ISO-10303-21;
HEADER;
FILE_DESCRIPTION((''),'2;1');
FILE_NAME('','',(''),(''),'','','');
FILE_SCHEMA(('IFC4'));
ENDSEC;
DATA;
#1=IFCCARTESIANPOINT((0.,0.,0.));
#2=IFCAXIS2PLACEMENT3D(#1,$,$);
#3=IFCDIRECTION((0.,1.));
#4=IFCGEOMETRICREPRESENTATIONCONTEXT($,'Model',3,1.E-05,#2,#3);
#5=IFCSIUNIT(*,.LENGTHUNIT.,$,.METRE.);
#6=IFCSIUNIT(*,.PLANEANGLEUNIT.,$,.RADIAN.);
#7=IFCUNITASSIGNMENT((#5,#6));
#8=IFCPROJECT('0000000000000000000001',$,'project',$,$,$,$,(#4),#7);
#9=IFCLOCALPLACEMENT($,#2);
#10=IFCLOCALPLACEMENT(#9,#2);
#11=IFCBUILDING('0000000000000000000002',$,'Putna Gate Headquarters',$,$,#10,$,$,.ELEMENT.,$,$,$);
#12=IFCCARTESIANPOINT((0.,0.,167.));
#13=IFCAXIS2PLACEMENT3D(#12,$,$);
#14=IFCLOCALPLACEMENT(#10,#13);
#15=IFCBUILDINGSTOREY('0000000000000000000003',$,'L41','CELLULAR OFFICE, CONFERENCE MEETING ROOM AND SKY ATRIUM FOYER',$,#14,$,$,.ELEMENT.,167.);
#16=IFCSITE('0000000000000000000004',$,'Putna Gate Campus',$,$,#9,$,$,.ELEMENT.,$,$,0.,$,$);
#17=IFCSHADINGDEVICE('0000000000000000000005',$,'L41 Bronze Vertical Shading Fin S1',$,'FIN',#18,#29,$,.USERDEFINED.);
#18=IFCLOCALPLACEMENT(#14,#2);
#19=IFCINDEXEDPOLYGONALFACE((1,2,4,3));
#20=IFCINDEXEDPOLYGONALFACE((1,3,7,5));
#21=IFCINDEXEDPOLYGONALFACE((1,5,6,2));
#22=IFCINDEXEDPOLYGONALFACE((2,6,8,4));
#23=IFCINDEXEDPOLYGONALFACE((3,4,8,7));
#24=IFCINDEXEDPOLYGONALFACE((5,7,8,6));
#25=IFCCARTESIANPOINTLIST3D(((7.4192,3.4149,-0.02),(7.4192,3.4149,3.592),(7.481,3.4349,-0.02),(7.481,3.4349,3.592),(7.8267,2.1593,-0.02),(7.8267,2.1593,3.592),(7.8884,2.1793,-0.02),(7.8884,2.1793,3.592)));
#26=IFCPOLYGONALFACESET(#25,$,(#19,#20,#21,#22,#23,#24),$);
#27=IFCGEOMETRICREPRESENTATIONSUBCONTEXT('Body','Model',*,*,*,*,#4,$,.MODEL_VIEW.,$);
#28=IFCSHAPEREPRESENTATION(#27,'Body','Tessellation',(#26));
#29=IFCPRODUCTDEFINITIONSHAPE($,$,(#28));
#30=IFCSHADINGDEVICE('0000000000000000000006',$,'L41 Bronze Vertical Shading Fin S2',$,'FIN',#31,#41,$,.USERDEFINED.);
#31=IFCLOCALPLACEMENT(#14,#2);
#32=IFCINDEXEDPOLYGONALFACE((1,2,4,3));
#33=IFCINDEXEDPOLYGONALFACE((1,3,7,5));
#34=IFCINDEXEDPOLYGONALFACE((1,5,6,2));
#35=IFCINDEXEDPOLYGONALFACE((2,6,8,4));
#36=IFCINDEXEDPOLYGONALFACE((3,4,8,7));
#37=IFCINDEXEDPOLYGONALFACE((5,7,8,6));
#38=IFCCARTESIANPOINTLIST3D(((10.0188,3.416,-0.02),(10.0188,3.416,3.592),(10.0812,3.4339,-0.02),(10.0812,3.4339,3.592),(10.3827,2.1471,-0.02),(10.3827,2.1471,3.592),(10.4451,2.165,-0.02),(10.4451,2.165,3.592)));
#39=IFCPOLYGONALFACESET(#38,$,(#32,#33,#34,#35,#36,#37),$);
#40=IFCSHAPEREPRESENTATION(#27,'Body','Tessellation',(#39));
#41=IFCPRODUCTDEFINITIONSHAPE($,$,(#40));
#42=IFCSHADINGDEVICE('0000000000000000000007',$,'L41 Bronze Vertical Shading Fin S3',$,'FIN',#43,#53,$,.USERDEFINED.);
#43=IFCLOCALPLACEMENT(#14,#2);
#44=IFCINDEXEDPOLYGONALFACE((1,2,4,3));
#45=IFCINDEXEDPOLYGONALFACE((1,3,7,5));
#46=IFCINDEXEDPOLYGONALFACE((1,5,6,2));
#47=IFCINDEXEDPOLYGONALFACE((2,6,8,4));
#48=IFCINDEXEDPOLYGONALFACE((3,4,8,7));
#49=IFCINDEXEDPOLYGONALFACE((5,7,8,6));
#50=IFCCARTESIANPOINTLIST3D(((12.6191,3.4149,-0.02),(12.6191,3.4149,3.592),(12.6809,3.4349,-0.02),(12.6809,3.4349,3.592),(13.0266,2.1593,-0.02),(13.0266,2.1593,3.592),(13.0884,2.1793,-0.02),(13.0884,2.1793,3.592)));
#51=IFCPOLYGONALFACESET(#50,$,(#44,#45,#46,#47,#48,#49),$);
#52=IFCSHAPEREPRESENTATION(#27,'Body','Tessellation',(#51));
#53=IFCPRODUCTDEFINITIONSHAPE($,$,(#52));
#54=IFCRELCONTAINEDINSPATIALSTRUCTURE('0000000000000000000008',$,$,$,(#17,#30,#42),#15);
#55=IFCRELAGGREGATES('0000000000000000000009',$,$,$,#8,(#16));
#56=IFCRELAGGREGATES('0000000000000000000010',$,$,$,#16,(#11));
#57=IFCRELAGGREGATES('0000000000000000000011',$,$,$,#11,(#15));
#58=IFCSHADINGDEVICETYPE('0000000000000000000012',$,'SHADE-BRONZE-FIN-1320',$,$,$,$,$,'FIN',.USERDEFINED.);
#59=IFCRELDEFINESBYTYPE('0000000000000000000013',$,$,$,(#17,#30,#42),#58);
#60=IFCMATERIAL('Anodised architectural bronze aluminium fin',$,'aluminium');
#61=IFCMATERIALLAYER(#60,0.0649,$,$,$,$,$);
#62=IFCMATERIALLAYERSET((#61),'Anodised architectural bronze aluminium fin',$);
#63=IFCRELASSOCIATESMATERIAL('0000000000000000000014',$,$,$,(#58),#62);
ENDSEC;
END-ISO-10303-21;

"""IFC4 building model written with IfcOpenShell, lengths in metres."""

from ifc_helpers import new_model, si_unit, direction, frame, origin, origin_2d, place, context, subcontext, project, spatial, rectangle, extrude, material, layer, layer_set, type_object, element, save


model = new_model("IFC4")

# Units and contexts
model_context = context("Model", 3, precision=1e-05, world=origin(), true_north=direction((0.0, 1.0)))
body_context = subcontext(model_context, "Body", "Model", "MODEL_VIEW")
ifc_project = project(units=[si_unit("LENGTHUNIT", "METRE"), si_unit("PLANEANGLEUNIT", "RADIAN")], contexts=[model_context])

# Site, building, storey
site_placement = place(None, origin())
site = spatial("IfcSite", under=ifc_project, at=site_placement, Name="Putna Gate Campus", CompositionType="ELEMENT", RefElevation=0.0)
building_placement = place(site_placement, origin())
building = spatial("IfcBuilding", under=site, at=building_placement, Name="Putna Gate Headquarters", CompositionType="ELEMENT")
storey_placement = place(building_placement, frame((0.0, 0.0, 167.0)))
storey = spatial("IfcBuildingStorey", under=building, at=storey_placement, Name="L41", Description="CELLULAR OFFICE, CONFERENCE MEETING ROOM AND SKY ATRIUM FOYER", CompositionType="ELEMENT", Elevation=167.0)

# Shading devices
ifc_material_1 = material(Name="Anodised architectural bronze aluminium fin", Category="aluminium")
ifc_layer_1 = layer(ifc_material_1, 0.0649)
ifc_layer_set_1 = layer_set([ifc_layer_1], Name="Anodised architectural bronze aluminium fin")
shading_device_type = type_object("IfcShadingDeviceType", Name="SHADE-BRONZE-FIN-1320", ElementType="FIN", PredefinedType="USERDEFINED", material=ifc_layer_set_1)
for number, where, z_axis, x_axis, name in (
    (1, (7.6538, 2.7971, -0.02), (0.0, 0.0, 1.0), (0.308685, -0.951164, 0.0), "L41 Bronze Vertical Shading Fin S1"),
    (2, (10.2319, 2.7905, -0.02), (0.0, 0.0, 1.0), (0.275637, -0.961262, 0.0), "L41 Bronze Vertical Shading Fin S2"),
    (3, (12.8538, 2.7971, -0.02), (0.0, 0.0, 1.0), (0.308685, -0.951164, 0.0), "L41 Bronze Vertical Shading Fin S3"),
):
    element("IfcShadingDevice", number, at=place(storey_placement, frame(where, z_axis=z_axis, x_axis=x_axis)), inside=storey, type_object=shading_device_type, Name=name, ObjectType="FIN", PredefinedType="USERDEFINED", context=body_context, shape_type="SweptSolid", body=[
        extrude(rectangle(XDim=1.3201, YDim=0.0649, at=origin_2d()), origin(), (0.0, 0.0, 1.0), 3.6121),
    ])

save(model, "model.ifc")
